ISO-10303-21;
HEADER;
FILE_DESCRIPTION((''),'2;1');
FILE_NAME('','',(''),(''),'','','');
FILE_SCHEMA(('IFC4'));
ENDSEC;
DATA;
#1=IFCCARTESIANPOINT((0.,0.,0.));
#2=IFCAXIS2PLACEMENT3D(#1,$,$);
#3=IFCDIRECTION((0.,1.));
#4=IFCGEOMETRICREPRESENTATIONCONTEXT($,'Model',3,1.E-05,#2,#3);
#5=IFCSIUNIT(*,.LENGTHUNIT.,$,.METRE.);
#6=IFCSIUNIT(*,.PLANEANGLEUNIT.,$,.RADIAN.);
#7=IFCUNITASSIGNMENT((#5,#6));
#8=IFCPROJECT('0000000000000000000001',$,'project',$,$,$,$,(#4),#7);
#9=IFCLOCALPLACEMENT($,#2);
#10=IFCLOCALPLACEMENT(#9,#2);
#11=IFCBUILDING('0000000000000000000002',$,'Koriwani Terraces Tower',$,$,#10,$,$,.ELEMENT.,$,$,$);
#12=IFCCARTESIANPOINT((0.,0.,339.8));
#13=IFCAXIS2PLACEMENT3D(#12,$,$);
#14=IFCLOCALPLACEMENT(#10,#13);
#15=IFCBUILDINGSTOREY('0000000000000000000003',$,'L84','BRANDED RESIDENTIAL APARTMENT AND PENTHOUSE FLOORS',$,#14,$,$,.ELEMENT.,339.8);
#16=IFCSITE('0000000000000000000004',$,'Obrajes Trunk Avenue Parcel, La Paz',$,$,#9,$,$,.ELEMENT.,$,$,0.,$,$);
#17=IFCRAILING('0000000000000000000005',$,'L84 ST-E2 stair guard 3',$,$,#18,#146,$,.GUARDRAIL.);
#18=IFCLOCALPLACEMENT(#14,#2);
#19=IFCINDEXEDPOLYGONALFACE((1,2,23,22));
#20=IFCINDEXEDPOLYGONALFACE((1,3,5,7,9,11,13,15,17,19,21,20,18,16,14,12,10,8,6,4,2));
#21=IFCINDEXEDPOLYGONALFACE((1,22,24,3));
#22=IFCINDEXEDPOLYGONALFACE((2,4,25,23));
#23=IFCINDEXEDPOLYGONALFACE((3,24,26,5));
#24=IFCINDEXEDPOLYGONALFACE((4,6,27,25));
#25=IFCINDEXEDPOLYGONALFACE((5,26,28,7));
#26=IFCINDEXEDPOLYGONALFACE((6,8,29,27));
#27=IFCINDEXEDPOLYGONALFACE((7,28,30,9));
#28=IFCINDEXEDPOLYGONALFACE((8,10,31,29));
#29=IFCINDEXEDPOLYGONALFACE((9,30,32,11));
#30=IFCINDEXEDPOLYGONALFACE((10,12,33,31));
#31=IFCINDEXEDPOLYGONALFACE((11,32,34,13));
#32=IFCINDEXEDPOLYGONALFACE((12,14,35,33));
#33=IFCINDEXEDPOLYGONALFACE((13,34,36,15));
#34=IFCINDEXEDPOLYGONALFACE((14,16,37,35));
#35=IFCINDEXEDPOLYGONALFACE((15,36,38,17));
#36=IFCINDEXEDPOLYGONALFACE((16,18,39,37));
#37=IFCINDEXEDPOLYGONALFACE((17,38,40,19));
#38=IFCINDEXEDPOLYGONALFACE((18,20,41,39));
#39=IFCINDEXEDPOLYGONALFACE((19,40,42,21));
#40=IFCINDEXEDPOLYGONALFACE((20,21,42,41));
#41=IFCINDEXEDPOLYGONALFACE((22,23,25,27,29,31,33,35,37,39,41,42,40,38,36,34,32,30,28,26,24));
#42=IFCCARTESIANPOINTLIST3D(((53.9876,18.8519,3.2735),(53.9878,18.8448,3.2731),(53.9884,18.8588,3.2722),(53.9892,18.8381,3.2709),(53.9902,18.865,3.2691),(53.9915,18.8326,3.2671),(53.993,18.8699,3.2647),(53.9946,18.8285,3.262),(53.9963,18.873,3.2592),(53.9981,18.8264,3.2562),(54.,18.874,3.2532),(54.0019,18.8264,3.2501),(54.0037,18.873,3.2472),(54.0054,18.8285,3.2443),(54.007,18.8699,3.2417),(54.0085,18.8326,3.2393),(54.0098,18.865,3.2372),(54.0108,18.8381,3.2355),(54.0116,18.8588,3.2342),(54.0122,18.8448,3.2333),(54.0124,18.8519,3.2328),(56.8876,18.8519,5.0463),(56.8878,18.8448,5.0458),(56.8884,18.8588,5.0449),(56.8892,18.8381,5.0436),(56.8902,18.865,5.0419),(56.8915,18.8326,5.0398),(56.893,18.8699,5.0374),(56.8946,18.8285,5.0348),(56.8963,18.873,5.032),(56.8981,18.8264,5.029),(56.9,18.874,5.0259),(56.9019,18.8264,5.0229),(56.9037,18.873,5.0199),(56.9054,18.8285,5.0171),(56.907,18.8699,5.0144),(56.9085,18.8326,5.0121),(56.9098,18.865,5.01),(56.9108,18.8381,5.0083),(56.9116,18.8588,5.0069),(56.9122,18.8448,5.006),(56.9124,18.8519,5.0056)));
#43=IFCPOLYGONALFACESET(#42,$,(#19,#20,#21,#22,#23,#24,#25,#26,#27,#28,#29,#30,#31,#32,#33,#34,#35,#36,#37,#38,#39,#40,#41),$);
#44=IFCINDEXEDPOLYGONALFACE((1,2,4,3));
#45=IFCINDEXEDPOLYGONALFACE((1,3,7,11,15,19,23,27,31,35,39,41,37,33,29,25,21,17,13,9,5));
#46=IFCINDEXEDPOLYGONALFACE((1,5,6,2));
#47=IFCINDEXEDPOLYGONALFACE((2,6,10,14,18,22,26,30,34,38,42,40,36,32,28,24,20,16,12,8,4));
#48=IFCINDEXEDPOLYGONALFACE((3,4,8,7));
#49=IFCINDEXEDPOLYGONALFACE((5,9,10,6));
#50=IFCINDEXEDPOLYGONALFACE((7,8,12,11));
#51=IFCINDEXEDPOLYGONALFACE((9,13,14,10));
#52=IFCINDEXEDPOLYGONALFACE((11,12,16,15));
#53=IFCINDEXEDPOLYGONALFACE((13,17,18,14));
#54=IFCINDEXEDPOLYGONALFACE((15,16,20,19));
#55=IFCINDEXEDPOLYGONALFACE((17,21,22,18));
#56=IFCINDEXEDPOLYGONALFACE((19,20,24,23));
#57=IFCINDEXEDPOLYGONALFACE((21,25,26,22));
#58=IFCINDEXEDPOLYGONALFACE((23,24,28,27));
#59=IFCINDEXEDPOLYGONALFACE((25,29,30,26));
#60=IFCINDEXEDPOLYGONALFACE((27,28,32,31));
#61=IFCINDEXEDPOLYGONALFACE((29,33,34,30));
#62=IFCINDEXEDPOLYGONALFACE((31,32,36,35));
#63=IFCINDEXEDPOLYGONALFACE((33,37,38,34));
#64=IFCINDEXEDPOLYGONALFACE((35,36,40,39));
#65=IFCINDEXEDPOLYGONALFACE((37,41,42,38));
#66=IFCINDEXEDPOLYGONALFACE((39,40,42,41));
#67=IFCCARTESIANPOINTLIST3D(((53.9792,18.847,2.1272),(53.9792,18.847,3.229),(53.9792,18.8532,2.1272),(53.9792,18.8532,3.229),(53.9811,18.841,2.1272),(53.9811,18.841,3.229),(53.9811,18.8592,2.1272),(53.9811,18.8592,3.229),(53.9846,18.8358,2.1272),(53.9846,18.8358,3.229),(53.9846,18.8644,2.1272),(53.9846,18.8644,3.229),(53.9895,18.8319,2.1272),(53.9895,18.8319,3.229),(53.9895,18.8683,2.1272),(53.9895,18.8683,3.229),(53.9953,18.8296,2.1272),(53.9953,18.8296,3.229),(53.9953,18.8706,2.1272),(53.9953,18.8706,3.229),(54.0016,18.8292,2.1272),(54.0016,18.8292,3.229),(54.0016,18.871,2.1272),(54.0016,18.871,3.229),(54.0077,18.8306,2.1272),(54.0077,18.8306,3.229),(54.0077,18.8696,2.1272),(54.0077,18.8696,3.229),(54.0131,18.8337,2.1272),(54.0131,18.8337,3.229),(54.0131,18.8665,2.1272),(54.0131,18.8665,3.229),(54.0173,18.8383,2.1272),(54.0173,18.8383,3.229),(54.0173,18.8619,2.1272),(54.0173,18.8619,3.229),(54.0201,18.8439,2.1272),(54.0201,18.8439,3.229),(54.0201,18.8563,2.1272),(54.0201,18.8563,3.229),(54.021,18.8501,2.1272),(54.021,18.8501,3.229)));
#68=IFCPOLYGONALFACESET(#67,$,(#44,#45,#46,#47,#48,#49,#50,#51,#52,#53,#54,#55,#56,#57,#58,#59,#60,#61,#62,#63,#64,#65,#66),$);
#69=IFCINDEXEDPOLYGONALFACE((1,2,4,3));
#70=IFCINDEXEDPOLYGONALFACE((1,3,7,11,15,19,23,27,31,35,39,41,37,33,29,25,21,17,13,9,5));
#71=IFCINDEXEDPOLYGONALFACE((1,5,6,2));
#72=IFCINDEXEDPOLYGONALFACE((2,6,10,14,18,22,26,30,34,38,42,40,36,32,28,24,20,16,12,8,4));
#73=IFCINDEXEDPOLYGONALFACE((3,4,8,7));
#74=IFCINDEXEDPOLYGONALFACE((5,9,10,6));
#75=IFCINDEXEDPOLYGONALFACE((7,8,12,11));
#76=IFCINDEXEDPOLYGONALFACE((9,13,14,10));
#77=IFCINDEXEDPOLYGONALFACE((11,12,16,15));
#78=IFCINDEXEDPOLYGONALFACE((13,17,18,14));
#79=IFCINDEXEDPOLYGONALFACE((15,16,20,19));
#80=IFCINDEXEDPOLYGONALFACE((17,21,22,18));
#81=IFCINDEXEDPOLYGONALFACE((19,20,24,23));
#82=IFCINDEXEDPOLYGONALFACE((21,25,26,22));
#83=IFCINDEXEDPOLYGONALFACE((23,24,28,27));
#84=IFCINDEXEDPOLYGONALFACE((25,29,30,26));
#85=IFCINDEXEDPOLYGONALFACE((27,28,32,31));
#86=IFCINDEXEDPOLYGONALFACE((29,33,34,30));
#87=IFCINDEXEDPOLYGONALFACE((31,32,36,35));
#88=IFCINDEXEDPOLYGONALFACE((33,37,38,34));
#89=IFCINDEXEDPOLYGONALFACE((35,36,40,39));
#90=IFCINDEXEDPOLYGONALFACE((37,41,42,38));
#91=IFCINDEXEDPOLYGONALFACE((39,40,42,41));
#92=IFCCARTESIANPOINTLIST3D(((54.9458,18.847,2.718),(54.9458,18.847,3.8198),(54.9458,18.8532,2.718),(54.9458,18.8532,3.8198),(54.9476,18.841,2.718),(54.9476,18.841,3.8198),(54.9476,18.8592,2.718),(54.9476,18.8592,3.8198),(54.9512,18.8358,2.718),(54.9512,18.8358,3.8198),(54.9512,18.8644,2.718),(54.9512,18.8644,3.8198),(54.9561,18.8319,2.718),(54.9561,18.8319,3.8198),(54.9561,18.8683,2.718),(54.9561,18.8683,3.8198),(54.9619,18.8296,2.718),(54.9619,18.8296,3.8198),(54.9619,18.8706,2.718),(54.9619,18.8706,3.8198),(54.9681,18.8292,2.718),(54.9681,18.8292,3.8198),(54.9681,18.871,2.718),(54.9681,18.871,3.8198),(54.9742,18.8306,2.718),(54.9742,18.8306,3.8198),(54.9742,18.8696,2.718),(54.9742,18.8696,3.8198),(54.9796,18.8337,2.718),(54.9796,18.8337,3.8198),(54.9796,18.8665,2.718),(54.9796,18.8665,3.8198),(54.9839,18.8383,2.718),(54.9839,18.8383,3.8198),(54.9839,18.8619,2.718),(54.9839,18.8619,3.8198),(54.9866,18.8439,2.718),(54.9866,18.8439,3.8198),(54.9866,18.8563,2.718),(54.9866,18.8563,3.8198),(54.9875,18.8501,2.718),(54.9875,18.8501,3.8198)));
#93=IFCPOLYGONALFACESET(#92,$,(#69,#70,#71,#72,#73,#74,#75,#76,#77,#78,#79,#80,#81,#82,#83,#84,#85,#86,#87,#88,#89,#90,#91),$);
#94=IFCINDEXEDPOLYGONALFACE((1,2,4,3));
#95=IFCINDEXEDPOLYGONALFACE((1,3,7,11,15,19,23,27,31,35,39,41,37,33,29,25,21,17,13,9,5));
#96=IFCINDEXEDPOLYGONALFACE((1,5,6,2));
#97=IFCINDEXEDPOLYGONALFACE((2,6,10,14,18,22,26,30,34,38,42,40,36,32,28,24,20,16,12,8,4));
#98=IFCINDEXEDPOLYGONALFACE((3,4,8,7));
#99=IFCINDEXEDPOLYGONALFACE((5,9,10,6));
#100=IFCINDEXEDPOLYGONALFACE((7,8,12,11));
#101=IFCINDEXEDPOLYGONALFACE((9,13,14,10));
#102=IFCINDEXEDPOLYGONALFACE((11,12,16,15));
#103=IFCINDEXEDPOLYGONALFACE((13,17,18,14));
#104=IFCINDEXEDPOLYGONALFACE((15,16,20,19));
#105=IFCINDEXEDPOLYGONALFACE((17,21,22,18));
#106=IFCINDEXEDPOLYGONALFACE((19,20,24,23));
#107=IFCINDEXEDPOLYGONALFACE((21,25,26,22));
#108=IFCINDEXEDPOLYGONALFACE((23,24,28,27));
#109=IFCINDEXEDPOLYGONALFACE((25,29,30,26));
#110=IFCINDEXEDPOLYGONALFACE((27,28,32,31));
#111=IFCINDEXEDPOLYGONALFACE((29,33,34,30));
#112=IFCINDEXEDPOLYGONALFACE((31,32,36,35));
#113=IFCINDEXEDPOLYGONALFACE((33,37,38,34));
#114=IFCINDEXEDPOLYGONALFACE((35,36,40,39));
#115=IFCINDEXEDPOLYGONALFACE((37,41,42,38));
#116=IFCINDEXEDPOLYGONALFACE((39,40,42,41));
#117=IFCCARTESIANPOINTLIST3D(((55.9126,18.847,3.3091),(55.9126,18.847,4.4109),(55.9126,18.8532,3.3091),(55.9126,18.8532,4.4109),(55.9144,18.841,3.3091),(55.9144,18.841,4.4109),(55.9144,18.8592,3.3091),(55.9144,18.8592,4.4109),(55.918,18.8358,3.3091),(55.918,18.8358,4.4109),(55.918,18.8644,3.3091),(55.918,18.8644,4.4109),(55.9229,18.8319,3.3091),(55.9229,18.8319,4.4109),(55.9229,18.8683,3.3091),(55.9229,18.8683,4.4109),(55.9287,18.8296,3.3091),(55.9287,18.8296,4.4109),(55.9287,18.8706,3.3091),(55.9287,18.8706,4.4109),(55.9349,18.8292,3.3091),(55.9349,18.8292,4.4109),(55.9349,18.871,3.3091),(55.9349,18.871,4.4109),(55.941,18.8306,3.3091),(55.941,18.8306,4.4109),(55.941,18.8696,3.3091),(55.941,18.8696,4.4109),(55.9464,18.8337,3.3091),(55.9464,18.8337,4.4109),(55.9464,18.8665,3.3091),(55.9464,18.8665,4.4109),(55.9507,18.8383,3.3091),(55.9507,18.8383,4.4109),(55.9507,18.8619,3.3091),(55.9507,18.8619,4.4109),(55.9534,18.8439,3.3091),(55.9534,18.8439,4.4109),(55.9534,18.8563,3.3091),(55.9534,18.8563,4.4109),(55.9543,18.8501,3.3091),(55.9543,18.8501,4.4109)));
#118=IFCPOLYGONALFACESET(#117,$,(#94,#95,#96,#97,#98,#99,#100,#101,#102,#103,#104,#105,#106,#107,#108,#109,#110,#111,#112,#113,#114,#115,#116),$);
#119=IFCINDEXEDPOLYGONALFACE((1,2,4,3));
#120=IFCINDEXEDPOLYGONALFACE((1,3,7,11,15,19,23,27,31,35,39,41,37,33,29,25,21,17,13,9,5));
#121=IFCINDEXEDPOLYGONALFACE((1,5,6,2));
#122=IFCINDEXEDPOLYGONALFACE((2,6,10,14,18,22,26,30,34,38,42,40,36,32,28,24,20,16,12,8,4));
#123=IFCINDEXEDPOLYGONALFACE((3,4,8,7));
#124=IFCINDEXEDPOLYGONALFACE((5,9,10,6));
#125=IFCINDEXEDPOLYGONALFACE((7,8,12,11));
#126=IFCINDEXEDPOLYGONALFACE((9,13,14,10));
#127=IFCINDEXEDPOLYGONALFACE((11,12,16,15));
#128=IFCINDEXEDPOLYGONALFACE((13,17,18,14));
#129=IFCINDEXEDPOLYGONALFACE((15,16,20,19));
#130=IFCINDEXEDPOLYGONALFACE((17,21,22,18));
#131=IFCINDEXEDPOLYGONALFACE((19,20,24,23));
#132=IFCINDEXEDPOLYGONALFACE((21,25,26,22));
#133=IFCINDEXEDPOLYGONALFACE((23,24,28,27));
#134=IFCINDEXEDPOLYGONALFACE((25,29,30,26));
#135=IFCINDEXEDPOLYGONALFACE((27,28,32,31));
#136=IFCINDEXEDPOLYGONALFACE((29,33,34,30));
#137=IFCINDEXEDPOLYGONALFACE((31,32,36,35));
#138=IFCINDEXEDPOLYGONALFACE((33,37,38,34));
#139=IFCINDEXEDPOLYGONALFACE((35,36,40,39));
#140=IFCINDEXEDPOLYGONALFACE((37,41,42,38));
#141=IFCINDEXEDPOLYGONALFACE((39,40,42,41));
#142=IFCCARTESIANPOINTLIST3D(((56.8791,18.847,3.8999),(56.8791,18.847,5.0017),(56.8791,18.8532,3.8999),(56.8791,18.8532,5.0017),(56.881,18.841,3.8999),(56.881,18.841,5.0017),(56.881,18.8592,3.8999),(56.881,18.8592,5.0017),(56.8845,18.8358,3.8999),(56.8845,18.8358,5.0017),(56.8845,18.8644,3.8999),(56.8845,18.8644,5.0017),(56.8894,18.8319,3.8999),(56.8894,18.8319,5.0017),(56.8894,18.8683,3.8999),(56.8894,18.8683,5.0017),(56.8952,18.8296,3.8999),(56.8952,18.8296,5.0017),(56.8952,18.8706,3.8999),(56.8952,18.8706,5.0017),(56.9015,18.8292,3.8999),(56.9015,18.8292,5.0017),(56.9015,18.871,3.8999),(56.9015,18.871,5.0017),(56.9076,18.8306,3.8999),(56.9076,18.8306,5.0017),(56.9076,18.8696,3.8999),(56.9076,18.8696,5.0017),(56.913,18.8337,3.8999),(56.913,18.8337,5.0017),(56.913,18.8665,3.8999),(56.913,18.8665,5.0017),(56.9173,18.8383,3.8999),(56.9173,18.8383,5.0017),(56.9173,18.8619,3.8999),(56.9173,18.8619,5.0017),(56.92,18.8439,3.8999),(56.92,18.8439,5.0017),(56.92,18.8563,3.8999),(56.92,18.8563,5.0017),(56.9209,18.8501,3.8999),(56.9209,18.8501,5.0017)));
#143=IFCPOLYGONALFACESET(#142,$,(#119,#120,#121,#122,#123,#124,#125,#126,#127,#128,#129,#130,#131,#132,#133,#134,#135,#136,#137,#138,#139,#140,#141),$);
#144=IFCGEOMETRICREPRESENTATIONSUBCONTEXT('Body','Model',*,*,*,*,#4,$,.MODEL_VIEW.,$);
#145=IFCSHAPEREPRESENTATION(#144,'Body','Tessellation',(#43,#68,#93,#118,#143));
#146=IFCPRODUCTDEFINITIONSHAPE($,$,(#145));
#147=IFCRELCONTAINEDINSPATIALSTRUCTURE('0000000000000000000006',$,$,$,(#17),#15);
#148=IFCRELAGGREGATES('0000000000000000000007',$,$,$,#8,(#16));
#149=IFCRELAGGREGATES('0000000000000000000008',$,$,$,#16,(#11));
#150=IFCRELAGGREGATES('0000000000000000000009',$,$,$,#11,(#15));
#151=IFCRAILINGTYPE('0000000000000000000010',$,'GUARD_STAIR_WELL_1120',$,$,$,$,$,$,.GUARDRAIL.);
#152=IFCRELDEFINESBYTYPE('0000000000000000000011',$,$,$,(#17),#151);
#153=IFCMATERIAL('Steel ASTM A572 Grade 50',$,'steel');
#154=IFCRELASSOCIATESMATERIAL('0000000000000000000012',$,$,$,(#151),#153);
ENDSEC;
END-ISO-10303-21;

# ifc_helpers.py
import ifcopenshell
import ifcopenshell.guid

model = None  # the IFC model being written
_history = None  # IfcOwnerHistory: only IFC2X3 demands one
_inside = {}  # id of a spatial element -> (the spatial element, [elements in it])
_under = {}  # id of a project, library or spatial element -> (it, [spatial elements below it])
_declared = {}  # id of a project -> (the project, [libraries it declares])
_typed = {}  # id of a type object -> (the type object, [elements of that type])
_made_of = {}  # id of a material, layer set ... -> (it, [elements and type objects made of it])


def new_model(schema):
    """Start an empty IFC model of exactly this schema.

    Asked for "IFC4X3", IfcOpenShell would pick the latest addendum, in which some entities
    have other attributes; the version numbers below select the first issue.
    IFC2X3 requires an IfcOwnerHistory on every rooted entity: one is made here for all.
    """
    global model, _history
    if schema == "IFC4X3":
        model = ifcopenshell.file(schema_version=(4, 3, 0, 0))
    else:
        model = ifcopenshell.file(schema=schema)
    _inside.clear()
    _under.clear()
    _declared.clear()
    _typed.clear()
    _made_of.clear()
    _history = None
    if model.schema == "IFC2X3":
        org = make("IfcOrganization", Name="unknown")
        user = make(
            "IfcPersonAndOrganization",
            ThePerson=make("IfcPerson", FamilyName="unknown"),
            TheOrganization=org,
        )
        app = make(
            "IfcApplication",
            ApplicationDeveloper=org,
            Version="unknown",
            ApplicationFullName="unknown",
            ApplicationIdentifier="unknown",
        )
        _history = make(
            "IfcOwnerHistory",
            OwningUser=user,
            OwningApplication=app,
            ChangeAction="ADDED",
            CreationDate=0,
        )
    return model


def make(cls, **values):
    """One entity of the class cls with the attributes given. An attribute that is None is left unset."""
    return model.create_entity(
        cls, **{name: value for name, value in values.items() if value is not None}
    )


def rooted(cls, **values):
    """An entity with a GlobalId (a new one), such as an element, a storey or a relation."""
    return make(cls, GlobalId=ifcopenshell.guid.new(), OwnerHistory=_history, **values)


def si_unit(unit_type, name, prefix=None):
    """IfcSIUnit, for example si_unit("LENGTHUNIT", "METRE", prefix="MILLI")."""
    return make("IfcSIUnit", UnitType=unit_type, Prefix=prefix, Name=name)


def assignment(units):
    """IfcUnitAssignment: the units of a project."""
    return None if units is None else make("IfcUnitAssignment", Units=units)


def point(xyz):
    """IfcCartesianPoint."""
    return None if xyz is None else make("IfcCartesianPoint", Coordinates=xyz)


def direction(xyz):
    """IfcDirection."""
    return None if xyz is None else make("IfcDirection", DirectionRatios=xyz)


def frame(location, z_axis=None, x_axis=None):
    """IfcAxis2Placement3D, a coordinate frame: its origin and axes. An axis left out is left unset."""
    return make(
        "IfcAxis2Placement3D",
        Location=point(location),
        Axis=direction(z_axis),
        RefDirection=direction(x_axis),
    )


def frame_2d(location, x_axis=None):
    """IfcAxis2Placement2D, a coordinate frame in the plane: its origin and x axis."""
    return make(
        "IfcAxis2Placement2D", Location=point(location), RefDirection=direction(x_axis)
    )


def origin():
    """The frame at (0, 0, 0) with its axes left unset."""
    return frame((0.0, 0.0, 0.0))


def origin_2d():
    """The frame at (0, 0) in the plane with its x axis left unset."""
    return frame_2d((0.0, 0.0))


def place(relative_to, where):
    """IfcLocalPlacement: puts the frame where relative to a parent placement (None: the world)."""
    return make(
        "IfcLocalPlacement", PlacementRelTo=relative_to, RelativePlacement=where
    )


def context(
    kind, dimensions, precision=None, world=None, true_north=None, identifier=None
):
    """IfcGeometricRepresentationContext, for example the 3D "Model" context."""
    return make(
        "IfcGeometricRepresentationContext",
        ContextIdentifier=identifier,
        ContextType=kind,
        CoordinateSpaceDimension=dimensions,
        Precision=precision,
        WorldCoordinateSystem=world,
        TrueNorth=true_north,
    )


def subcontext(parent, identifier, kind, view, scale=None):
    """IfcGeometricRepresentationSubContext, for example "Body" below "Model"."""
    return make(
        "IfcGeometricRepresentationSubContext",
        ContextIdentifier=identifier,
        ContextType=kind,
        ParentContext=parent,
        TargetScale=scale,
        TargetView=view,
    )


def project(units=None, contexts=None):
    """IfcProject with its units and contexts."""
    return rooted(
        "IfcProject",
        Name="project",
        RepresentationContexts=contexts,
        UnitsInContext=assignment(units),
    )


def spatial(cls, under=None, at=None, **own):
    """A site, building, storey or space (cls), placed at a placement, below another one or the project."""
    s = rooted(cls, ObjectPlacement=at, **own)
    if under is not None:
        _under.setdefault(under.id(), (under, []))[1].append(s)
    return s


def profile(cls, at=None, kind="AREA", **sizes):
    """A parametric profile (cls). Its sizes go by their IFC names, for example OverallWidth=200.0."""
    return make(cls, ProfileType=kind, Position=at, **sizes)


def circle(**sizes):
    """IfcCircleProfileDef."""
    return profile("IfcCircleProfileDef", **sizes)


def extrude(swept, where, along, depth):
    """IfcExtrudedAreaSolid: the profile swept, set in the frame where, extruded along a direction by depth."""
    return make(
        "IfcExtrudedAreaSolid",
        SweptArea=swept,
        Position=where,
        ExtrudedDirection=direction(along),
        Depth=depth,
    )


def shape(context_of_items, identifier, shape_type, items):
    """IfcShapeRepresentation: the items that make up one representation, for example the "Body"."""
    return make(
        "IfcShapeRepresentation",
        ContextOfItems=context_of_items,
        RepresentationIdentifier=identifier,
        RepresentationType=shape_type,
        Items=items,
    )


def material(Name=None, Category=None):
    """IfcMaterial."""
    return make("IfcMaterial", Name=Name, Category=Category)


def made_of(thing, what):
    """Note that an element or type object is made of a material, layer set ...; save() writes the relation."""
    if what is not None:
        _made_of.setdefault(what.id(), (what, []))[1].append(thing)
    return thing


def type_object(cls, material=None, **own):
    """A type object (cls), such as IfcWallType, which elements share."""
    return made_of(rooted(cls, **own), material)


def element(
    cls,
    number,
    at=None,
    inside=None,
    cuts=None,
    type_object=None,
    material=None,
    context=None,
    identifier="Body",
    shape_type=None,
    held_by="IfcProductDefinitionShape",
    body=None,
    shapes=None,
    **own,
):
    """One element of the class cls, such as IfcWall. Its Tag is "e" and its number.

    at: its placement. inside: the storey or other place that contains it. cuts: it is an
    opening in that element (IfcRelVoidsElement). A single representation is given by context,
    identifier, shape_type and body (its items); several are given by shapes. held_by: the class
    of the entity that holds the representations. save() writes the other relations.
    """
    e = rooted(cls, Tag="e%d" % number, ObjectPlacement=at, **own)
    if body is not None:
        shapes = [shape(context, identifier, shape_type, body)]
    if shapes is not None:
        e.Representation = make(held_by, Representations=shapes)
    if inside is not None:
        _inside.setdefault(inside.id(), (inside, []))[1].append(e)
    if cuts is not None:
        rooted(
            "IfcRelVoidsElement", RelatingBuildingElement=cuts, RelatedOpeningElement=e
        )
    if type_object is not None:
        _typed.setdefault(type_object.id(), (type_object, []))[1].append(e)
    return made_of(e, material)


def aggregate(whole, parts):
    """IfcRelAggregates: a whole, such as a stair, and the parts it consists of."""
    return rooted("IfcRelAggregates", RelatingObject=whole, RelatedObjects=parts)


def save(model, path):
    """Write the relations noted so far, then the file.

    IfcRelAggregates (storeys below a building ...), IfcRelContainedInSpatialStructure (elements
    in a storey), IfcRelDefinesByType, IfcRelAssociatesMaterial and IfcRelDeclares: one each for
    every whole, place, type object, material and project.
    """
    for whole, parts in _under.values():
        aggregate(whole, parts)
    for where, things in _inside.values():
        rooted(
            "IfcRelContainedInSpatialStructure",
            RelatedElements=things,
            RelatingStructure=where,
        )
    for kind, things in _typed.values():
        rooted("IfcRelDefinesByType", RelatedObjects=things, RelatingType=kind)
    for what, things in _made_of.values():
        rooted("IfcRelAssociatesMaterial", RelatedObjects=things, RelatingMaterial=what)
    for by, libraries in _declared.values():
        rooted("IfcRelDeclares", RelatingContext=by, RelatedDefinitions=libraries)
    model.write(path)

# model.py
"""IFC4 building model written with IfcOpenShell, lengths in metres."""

from ifc_helpers import new_model, si_unit, direction, frame, origin, origin_2d, place, context, subcontext, project, spatial, circle, extrude, material, type_object, element, save


model = new_model("IFC4")

# Units and contexts
model_context = context("Model", 3, precision=1e-05, world=origin(), true_north=direction((0.0, 1.0)))
body_context = subcontext(model_context, "Body", "Model", "MODEL_VIEW")
ifc_project = project(units=[si_unit("LENGTHUNIT", "METRE"), si_unit("PLANEANGLEUNIT", "RADIAN")], contexts=[model_context])

# Site, building, storey
site_placement = place(None, origin())
site = spatial("IfcSite", under=ifc_project, at=site_placement, Name="Obrajes Trunk Avenue Parcel, La Paz", CompositionType="ELEMENT", RefElevation=0.0)
building_placement = place(site_placement, origin())
building = spatial("IfcBuilding", under=site, at=building_placement, Name="Koriwani Terraces Tower", CompositionType="ELEMENT")
storey_placement = place(building_placement, frame((0.0, 0.0, 339.8)))
storey = spatial("IfcBuildingStorey", under=building, at=storey_placement, Name="L84", Description="BRANDED RESIDENTIAL APARTMENT AND PENTHOUSE FLOORS", CompositionType="ELEMENT", Elevation=339.8)

# Shared definitions
ifc_material_1 = material(Name="Steel ASTM A572 Grade 50", Category="steel")

# Railing
railing_type_1 = type_object("IfcRailingType", Name="GUARD_STAIR_WELL_1120", PredefinedType="GUARDRAIL", material=ifc_material_1)
railing_1_placement = place(storey_placement, frame((54.0, 18.8501, 2.1272)))
element("IfcRailing", 1, at=railing_1_placement, inside=storey, type_object=railing_type_1, Name="L84 ST-E2 stair guard 3", PredefinedType="GUARDRAIL", context=body_context, shape_type="SweptSolid", body=[
    extrude(circle(Radius=0.0239, at=origin_2d()), frame((0.0, 0.0, 1.126), z_axis=(0.853211, 0.0, 0.521566), x_axis=(0.0, 1.0, 0.0)), (0.0, 0.0, 1.0), 3.3989),
    extrude(circle(Radius=0.021, at=origin_2d()), origin(), (0.0, 0.0, 1.0), 1.1018),
    extrude(circle(Radius=0.021, at=origin_2d()), frame((0.9666, 0.0, 0.5908)), (0.0, 0.0, 1.0), 1.1018),
    extrude(circle(Radius=0.021, at=origin_2d()), frame((1.9333, 0.0, 1.1819)), (0.0, 0.0, 1.0), 1.1018),
    extrude(circle(Radius=0.021, at=origin_2d()), frame((2.8999, 0.0, 1.7727)), (0.0, 0.0, 1.0), 1.1018),
])

save(model, "model.ifc")
